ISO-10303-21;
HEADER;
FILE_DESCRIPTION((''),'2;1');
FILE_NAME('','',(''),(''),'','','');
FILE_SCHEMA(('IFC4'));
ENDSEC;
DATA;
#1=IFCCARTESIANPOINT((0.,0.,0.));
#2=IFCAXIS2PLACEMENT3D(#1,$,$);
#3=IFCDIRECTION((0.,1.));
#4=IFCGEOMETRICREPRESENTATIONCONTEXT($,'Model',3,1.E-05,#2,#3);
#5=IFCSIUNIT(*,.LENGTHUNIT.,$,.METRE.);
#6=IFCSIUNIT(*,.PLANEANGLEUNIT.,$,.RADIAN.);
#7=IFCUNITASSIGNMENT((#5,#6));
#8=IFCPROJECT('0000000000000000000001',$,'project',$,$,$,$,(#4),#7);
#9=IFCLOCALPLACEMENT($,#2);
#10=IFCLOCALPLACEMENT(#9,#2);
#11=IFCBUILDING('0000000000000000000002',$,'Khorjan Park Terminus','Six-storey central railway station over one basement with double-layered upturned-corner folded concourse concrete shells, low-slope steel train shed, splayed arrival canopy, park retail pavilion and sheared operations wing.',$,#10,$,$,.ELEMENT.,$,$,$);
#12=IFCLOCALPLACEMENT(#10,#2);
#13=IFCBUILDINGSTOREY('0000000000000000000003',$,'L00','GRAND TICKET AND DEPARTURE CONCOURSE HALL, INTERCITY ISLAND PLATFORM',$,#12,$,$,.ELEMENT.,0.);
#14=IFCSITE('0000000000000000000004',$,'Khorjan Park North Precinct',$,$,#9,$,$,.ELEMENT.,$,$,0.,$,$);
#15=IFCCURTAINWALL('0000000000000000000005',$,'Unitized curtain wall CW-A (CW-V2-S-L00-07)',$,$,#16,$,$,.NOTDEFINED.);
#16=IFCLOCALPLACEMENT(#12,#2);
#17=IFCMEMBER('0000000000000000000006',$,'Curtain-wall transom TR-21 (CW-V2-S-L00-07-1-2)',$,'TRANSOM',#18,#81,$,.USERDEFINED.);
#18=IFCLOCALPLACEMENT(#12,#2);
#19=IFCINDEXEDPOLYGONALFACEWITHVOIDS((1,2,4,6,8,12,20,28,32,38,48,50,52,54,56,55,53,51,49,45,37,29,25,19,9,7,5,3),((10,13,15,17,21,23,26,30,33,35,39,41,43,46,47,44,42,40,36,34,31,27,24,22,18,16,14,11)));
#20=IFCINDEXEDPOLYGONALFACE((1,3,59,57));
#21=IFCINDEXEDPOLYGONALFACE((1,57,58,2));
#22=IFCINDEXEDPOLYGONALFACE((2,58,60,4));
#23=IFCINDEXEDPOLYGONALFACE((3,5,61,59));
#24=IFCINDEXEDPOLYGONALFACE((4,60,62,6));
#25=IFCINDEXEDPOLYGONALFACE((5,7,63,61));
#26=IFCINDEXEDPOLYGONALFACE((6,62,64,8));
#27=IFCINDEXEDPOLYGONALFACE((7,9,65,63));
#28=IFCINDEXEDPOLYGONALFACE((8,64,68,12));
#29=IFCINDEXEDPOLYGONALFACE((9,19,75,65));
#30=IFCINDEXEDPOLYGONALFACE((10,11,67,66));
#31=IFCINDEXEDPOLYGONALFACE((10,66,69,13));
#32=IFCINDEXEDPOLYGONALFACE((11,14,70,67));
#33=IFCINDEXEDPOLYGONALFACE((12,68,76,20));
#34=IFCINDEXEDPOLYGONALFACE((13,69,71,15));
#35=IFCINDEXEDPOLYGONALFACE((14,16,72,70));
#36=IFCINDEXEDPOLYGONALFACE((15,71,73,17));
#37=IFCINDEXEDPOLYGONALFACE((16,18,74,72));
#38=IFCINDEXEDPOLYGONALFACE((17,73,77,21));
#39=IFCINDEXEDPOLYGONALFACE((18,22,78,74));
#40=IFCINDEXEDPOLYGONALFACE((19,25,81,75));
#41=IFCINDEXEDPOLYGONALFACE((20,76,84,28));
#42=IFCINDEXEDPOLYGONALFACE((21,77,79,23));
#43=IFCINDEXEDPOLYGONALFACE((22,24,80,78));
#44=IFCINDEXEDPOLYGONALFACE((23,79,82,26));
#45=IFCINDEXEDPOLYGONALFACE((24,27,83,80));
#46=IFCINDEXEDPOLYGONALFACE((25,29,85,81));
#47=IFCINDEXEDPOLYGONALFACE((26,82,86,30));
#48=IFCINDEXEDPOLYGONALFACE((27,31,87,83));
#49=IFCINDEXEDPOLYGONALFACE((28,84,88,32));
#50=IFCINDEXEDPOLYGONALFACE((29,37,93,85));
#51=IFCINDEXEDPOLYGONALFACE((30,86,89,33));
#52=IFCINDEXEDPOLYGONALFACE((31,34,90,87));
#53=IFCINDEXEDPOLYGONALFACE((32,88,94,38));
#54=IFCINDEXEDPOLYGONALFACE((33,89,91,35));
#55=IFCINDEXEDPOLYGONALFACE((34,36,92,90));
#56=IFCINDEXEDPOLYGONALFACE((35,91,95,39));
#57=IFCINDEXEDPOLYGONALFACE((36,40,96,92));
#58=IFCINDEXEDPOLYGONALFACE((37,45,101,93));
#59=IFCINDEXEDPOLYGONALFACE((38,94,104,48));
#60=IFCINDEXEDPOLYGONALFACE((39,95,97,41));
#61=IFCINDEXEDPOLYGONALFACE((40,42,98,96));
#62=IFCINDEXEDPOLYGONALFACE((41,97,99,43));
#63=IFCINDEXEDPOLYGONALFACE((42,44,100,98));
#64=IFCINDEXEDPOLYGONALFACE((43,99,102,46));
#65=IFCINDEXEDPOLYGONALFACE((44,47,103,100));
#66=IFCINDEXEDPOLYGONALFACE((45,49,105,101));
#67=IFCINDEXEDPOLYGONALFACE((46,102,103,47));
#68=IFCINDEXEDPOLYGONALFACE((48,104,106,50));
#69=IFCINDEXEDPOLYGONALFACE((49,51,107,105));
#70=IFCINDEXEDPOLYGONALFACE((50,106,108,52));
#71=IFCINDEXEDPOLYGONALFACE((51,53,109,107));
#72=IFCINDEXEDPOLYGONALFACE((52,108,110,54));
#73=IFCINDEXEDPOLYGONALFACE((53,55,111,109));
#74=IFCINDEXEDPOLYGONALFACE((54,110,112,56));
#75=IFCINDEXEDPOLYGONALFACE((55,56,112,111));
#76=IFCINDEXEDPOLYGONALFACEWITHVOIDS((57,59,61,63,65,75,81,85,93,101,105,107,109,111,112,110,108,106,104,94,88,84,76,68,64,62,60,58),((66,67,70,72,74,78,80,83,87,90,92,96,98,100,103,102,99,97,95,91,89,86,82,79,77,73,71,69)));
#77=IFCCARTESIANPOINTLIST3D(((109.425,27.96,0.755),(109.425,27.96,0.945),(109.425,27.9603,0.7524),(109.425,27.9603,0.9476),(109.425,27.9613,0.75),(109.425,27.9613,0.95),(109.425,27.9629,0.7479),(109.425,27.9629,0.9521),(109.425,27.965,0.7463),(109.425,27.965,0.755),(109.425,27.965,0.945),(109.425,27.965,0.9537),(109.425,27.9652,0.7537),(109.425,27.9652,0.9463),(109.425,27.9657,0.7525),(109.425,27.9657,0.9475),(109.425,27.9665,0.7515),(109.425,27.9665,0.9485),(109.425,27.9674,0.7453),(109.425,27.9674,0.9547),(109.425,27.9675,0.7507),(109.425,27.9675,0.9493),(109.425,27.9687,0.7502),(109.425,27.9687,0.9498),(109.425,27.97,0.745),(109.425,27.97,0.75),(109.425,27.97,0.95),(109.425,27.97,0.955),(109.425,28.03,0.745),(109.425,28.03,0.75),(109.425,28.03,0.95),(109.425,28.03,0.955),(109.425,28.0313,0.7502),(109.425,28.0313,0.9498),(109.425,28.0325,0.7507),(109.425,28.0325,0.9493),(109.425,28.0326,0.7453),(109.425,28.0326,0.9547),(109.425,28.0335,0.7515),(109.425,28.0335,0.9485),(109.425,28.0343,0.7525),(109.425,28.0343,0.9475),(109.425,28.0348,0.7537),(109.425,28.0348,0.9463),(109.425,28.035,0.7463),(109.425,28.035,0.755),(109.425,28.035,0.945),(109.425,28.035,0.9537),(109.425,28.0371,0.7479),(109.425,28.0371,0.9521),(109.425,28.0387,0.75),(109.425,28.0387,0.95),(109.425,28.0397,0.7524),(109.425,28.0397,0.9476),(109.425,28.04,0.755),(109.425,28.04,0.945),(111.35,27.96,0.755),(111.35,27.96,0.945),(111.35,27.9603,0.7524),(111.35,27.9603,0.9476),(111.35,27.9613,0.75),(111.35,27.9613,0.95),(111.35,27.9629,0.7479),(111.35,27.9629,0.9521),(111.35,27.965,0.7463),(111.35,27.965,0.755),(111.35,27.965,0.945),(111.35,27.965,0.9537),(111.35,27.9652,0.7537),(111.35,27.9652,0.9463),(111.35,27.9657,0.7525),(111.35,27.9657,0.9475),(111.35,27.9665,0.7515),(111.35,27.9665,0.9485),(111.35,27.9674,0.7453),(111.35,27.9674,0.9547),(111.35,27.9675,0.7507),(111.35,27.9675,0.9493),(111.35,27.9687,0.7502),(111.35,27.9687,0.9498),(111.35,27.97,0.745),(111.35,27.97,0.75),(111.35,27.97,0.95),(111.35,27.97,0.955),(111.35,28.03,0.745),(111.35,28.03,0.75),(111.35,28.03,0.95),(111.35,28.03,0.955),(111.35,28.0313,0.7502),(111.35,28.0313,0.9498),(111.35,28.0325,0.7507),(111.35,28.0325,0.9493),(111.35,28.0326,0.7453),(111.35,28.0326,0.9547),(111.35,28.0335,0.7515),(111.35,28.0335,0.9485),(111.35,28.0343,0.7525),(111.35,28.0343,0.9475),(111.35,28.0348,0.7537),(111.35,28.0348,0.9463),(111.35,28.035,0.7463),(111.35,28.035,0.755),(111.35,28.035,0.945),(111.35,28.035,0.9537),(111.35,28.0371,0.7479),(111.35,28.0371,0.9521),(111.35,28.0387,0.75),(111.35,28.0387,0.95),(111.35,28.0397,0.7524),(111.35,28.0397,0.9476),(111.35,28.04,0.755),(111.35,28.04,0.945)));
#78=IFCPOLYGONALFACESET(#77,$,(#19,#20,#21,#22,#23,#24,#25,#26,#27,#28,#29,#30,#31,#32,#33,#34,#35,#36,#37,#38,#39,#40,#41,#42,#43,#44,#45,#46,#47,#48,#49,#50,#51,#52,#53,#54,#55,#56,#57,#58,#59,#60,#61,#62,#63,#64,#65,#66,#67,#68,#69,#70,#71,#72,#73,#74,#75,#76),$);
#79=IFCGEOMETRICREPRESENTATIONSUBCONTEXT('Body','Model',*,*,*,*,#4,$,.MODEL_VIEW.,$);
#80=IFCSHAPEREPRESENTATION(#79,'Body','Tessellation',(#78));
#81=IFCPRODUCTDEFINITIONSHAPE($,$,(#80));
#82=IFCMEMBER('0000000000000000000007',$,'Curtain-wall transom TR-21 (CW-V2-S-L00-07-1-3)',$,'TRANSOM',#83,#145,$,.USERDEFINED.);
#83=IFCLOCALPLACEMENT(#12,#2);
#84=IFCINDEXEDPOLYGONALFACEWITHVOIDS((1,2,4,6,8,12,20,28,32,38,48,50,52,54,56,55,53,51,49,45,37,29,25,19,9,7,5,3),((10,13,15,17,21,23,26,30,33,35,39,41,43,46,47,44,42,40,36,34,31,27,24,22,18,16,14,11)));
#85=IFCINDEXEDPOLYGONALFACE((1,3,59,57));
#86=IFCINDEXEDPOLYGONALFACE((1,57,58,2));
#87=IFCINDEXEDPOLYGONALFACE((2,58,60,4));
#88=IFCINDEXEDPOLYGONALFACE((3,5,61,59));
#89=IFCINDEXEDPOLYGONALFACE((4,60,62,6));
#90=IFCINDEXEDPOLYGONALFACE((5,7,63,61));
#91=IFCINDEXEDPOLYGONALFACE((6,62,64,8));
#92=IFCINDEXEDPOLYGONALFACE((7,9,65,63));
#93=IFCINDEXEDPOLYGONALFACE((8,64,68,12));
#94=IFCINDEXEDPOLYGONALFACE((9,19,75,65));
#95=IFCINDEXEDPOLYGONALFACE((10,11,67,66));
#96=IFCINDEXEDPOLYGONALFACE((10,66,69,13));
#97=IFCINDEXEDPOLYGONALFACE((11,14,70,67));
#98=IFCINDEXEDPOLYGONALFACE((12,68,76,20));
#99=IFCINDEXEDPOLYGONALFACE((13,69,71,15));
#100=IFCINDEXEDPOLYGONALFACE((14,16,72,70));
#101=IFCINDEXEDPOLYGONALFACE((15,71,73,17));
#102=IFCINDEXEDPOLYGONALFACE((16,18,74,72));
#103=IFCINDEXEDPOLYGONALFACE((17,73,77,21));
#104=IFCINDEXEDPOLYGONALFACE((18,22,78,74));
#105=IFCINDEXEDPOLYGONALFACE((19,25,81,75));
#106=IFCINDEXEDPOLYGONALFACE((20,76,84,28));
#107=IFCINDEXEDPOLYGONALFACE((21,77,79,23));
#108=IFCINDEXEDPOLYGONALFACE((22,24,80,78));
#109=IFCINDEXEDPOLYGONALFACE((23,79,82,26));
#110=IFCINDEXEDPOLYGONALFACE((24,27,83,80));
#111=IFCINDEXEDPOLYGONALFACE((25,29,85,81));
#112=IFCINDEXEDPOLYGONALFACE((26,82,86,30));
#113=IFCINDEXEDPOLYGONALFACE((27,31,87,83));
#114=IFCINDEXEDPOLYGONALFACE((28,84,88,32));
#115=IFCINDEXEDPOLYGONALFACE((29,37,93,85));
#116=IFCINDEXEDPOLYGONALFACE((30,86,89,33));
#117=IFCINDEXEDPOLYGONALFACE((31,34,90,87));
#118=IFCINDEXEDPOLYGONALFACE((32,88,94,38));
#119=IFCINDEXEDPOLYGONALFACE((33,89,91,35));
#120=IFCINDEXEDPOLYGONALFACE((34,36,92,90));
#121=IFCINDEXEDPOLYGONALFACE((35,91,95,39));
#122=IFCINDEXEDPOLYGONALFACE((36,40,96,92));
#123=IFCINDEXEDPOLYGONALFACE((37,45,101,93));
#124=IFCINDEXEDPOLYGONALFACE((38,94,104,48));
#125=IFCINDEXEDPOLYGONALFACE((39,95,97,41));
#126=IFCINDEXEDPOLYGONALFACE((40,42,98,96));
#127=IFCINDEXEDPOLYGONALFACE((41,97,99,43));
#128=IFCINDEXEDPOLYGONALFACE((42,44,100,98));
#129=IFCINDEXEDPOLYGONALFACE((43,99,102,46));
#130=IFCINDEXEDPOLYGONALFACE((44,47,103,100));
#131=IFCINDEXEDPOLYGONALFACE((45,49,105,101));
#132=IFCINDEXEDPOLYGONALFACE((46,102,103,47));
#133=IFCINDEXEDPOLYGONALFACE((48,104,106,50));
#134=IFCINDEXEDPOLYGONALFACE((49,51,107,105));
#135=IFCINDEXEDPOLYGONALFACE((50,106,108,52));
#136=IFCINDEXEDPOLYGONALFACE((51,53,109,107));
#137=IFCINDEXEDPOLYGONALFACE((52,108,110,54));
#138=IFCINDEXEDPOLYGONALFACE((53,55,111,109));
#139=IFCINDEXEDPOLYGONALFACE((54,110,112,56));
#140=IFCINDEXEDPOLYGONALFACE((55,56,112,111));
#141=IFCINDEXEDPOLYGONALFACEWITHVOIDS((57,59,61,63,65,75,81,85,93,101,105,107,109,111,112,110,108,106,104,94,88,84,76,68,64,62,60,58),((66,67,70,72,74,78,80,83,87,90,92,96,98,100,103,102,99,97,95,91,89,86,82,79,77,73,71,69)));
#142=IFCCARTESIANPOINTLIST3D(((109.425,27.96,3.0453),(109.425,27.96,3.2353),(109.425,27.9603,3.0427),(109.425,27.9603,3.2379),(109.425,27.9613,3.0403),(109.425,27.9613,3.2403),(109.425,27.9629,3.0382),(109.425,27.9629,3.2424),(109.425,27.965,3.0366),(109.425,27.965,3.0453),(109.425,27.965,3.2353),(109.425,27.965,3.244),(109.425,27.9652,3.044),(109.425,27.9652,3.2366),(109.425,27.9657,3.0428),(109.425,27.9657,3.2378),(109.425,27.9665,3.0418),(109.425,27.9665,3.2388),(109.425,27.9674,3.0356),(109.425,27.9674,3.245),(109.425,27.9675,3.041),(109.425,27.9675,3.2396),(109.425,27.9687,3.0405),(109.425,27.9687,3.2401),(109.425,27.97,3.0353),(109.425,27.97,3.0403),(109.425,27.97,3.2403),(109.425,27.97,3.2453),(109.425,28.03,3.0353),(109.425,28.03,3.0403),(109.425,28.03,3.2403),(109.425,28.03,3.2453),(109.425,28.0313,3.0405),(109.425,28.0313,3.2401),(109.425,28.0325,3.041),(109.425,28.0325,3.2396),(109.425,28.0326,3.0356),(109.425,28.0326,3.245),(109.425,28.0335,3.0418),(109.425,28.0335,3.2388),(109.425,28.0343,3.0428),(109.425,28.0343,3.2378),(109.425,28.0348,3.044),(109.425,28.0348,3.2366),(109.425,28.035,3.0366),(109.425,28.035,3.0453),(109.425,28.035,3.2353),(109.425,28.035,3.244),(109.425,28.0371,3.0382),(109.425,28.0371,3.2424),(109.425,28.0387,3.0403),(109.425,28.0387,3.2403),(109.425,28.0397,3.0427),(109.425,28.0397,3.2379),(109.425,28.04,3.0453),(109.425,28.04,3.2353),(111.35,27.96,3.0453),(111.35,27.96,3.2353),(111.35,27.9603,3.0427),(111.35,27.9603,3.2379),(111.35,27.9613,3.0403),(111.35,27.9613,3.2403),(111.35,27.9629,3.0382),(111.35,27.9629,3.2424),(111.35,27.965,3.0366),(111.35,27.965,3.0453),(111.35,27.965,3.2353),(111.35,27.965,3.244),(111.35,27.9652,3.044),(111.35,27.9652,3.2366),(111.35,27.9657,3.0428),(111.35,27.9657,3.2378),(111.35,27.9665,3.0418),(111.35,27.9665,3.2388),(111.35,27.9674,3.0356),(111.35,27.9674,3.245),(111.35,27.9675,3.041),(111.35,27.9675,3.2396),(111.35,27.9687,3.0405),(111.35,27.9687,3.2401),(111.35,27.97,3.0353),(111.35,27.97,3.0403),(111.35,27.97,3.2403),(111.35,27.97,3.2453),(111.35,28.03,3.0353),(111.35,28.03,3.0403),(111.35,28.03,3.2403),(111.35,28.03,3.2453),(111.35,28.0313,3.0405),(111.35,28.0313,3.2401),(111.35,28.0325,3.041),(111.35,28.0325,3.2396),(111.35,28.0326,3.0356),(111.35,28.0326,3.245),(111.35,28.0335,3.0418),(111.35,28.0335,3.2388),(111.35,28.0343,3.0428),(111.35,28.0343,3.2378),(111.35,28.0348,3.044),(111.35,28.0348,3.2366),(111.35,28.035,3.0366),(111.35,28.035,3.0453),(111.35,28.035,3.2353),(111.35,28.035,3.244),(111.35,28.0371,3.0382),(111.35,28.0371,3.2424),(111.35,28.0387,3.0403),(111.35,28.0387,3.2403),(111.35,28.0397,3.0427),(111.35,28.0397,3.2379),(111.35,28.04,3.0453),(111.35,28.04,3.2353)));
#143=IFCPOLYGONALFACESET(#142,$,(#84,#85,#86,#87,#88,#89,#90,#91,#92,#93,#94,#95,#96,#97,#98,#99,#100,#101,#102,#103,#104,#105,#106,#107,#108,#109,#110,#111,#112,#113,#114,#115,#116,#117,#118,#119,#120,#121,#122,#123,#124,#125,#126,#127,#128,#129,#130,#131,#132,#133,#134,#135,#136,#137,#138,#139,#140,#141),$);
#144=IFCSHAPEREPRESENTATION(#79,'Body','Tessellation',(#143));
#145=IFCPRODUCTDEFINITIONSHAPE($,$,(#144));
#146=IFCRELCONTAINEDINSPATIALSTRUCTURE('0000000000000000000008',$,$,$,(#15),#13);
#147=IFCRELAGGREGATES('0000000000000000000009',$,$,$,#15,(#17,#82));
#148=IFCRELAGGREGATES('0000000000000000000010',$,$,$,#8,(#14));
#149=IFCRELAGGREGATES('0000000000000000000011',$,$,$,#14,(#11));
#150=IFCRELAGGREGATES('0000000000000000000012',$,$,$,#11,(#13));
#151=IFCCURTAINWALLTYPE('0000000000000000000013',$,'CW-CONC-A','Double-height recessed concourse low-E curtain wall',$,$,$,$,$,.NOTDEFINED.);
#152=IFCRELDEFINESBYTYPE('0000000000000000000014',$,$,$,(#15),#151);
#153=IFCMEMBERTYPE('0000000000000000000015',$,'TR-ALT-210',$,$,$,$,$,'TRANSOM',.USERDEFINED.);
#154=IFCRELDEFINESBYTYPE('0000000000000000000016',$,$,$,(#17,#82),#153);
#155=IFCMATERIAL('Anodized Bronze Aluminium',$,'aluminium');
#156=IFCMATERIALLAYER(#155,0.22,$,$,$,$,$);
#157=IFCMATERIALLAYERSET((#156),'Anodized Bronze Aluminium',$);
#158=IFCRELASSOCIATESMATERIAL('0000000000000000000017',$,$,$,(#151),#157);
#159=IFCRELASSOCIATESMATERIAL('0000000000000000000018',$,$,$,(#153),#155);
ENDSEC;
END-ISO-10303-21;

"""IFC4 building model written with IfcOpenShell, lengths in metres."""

from ifc_helpers import new_model, si_unit, direction, frame, origin, origin_2d, place, context, subcontext, project, spatial, hollow_rectangle, extrude, material, layer, layer_set, material_profile, profile_set, type_object, element, aggregate, save


model = new_model("IFC4")

# Units and contexts
model_context = context("Model", 3, precision=1e-05, world=origin(), true_north=direction((0.0, 1.0)))
body_context = subcontext(model_context, "Body", "Model", "MODEL_VIEW")
ifc_project = project(units=[si_unit("LENGTHUNIT", "METRE"), si_unit("PLANEANGLEUNIT", "RADIAN")], contexts=[model_context])

# Site, building, storey
site_placement = place(None, origin())
site = spatial("IfcSite", under=ifc_project, at=site_placement, Name="Khorjan Park North Precinct", CompositionType="ELEMENT", RefElevation=0.0)
building_placement = place(site_placement, origin())
building = spatial("IfcBuilding", under=site, at=building_placement, Name="Khorjan Park Terminus", Description="Six-storey central railway station over one basement with double-layered upturned-corner folded concourse concrete shells, low-slope steel train shed, splayed arrival canopy, park retail pavilion and sheared operations wing.", CompositionType="ELEMENT")
storey_placement = place(building_placement, origin())
storey = spatial("IfcBuildingStorey", under=building, at=storey_placement, Name="L00", Description="GRAND TICKET AND DEPARTURE CONCOURSE HALL, INTERCITY ISLAND PLATFORM", CompositionType="ELEMENT", Elevation=0.0)

# Curtain wall, members
ifc_material_1 = material(Name="Anodized Bronze Aluminium", Category="aluminium")
ifc_layer_1 = layer(ifc_material_1, 0.22)
ifc_layer_set_1 = layer_set([ifc_layer_1], Name="Anodized Bronze Aluminium")
curtain_wall_type = type_object("IfcCurtainWallType", Name="CW-CONC-A", Description="Double-height recessed concourse low-E curtain wall", PredefinedType="NOTDEFINED", material=ifc_layer_set_1)
curtain_wall_placement = place(storey_placement, origin())
curtain_wall = element("IfcCurtainWall", 1, at=curtain_wall_placement, inside=storey, type_object=curtain_wall_type, Name="Unitized curtain wall CW-A (CW-V2-S-L00-07)", PredefinedType="NOTDEFINED")
ifc_material_profile_1 = material_profile(ifc_material_1, hollow_rectangle(XDim=0.08, YDim=0.21, WallThickness=0.005, InnerFilletRadius=0.005, OuterFilletRadius=0.01, at=origin_2d()), Name="ALT 80x210x5")
ifc_profile_set_1 = profile_set([ifc_material_profile_1], Name="Anodized Bronze Aluminium")
member_type_1 = type_object("IfcMemberType", Name="TR-ALT-210", ElementType="TRANSOM", PredefinedType="USERDEFINED", material=ifc_profile_set_1)
member_1_placement = place(storey_placement, frame((109.425, 28.0, 0.85), z_axis=(1.0, 0.0, 0.0), x_axis=(0.0, 1.0, 0.0)))
member_1 = element("IfcMember", 2, at=member_1_placement, type_object=member_type_1, Name="Curtain-wall transom TR-21 (CW-V2-S-L00-07-1-2)", ObjectType="TRANSOM", PredefinedType="USERDEFINED", context=body_context, shape_type="SweptSolid", body=[
    extrude(hollow_rectangle(XDim=0.08, YDim=0.21, WallThickness=0.005, InnerFilletRadius=0.005, OuterFilletRadius=0.01, at=origin_2d()), origin(), (0.0, 0.0, 1.0), 1.925),
])
member_2_placement = place(storey_placement, frame((109.425, 28.0, 3.1403), z_axis=(1.0, 0.0, 0.0), x_axis=(0.0, 1.0, 0.0)))
member_2 = element("IfcMember", 3, at=member_2_placement, type_object=member_type_1, Name="Curtain-wall transom TR-21 (CW-V2-S-L00-07-1-3)", ObjectType="TRANSOM", PredefinedType="USERDEFINED", context=body_context, shape_type="SweptSolid", body=[
    extrude(hollow_rectangle(XDim=0.08, YDim=0.21, WallThickness=0.005, InnerFilletRadius=0.005, OuterFilletRadius=0.01, at=origin_2d()), origin(), (0.0, 0.0, 1.0), 1.925),
])
aggregate(curtain_wall, [member_1, member_2])

save(model, "model.ifc")
